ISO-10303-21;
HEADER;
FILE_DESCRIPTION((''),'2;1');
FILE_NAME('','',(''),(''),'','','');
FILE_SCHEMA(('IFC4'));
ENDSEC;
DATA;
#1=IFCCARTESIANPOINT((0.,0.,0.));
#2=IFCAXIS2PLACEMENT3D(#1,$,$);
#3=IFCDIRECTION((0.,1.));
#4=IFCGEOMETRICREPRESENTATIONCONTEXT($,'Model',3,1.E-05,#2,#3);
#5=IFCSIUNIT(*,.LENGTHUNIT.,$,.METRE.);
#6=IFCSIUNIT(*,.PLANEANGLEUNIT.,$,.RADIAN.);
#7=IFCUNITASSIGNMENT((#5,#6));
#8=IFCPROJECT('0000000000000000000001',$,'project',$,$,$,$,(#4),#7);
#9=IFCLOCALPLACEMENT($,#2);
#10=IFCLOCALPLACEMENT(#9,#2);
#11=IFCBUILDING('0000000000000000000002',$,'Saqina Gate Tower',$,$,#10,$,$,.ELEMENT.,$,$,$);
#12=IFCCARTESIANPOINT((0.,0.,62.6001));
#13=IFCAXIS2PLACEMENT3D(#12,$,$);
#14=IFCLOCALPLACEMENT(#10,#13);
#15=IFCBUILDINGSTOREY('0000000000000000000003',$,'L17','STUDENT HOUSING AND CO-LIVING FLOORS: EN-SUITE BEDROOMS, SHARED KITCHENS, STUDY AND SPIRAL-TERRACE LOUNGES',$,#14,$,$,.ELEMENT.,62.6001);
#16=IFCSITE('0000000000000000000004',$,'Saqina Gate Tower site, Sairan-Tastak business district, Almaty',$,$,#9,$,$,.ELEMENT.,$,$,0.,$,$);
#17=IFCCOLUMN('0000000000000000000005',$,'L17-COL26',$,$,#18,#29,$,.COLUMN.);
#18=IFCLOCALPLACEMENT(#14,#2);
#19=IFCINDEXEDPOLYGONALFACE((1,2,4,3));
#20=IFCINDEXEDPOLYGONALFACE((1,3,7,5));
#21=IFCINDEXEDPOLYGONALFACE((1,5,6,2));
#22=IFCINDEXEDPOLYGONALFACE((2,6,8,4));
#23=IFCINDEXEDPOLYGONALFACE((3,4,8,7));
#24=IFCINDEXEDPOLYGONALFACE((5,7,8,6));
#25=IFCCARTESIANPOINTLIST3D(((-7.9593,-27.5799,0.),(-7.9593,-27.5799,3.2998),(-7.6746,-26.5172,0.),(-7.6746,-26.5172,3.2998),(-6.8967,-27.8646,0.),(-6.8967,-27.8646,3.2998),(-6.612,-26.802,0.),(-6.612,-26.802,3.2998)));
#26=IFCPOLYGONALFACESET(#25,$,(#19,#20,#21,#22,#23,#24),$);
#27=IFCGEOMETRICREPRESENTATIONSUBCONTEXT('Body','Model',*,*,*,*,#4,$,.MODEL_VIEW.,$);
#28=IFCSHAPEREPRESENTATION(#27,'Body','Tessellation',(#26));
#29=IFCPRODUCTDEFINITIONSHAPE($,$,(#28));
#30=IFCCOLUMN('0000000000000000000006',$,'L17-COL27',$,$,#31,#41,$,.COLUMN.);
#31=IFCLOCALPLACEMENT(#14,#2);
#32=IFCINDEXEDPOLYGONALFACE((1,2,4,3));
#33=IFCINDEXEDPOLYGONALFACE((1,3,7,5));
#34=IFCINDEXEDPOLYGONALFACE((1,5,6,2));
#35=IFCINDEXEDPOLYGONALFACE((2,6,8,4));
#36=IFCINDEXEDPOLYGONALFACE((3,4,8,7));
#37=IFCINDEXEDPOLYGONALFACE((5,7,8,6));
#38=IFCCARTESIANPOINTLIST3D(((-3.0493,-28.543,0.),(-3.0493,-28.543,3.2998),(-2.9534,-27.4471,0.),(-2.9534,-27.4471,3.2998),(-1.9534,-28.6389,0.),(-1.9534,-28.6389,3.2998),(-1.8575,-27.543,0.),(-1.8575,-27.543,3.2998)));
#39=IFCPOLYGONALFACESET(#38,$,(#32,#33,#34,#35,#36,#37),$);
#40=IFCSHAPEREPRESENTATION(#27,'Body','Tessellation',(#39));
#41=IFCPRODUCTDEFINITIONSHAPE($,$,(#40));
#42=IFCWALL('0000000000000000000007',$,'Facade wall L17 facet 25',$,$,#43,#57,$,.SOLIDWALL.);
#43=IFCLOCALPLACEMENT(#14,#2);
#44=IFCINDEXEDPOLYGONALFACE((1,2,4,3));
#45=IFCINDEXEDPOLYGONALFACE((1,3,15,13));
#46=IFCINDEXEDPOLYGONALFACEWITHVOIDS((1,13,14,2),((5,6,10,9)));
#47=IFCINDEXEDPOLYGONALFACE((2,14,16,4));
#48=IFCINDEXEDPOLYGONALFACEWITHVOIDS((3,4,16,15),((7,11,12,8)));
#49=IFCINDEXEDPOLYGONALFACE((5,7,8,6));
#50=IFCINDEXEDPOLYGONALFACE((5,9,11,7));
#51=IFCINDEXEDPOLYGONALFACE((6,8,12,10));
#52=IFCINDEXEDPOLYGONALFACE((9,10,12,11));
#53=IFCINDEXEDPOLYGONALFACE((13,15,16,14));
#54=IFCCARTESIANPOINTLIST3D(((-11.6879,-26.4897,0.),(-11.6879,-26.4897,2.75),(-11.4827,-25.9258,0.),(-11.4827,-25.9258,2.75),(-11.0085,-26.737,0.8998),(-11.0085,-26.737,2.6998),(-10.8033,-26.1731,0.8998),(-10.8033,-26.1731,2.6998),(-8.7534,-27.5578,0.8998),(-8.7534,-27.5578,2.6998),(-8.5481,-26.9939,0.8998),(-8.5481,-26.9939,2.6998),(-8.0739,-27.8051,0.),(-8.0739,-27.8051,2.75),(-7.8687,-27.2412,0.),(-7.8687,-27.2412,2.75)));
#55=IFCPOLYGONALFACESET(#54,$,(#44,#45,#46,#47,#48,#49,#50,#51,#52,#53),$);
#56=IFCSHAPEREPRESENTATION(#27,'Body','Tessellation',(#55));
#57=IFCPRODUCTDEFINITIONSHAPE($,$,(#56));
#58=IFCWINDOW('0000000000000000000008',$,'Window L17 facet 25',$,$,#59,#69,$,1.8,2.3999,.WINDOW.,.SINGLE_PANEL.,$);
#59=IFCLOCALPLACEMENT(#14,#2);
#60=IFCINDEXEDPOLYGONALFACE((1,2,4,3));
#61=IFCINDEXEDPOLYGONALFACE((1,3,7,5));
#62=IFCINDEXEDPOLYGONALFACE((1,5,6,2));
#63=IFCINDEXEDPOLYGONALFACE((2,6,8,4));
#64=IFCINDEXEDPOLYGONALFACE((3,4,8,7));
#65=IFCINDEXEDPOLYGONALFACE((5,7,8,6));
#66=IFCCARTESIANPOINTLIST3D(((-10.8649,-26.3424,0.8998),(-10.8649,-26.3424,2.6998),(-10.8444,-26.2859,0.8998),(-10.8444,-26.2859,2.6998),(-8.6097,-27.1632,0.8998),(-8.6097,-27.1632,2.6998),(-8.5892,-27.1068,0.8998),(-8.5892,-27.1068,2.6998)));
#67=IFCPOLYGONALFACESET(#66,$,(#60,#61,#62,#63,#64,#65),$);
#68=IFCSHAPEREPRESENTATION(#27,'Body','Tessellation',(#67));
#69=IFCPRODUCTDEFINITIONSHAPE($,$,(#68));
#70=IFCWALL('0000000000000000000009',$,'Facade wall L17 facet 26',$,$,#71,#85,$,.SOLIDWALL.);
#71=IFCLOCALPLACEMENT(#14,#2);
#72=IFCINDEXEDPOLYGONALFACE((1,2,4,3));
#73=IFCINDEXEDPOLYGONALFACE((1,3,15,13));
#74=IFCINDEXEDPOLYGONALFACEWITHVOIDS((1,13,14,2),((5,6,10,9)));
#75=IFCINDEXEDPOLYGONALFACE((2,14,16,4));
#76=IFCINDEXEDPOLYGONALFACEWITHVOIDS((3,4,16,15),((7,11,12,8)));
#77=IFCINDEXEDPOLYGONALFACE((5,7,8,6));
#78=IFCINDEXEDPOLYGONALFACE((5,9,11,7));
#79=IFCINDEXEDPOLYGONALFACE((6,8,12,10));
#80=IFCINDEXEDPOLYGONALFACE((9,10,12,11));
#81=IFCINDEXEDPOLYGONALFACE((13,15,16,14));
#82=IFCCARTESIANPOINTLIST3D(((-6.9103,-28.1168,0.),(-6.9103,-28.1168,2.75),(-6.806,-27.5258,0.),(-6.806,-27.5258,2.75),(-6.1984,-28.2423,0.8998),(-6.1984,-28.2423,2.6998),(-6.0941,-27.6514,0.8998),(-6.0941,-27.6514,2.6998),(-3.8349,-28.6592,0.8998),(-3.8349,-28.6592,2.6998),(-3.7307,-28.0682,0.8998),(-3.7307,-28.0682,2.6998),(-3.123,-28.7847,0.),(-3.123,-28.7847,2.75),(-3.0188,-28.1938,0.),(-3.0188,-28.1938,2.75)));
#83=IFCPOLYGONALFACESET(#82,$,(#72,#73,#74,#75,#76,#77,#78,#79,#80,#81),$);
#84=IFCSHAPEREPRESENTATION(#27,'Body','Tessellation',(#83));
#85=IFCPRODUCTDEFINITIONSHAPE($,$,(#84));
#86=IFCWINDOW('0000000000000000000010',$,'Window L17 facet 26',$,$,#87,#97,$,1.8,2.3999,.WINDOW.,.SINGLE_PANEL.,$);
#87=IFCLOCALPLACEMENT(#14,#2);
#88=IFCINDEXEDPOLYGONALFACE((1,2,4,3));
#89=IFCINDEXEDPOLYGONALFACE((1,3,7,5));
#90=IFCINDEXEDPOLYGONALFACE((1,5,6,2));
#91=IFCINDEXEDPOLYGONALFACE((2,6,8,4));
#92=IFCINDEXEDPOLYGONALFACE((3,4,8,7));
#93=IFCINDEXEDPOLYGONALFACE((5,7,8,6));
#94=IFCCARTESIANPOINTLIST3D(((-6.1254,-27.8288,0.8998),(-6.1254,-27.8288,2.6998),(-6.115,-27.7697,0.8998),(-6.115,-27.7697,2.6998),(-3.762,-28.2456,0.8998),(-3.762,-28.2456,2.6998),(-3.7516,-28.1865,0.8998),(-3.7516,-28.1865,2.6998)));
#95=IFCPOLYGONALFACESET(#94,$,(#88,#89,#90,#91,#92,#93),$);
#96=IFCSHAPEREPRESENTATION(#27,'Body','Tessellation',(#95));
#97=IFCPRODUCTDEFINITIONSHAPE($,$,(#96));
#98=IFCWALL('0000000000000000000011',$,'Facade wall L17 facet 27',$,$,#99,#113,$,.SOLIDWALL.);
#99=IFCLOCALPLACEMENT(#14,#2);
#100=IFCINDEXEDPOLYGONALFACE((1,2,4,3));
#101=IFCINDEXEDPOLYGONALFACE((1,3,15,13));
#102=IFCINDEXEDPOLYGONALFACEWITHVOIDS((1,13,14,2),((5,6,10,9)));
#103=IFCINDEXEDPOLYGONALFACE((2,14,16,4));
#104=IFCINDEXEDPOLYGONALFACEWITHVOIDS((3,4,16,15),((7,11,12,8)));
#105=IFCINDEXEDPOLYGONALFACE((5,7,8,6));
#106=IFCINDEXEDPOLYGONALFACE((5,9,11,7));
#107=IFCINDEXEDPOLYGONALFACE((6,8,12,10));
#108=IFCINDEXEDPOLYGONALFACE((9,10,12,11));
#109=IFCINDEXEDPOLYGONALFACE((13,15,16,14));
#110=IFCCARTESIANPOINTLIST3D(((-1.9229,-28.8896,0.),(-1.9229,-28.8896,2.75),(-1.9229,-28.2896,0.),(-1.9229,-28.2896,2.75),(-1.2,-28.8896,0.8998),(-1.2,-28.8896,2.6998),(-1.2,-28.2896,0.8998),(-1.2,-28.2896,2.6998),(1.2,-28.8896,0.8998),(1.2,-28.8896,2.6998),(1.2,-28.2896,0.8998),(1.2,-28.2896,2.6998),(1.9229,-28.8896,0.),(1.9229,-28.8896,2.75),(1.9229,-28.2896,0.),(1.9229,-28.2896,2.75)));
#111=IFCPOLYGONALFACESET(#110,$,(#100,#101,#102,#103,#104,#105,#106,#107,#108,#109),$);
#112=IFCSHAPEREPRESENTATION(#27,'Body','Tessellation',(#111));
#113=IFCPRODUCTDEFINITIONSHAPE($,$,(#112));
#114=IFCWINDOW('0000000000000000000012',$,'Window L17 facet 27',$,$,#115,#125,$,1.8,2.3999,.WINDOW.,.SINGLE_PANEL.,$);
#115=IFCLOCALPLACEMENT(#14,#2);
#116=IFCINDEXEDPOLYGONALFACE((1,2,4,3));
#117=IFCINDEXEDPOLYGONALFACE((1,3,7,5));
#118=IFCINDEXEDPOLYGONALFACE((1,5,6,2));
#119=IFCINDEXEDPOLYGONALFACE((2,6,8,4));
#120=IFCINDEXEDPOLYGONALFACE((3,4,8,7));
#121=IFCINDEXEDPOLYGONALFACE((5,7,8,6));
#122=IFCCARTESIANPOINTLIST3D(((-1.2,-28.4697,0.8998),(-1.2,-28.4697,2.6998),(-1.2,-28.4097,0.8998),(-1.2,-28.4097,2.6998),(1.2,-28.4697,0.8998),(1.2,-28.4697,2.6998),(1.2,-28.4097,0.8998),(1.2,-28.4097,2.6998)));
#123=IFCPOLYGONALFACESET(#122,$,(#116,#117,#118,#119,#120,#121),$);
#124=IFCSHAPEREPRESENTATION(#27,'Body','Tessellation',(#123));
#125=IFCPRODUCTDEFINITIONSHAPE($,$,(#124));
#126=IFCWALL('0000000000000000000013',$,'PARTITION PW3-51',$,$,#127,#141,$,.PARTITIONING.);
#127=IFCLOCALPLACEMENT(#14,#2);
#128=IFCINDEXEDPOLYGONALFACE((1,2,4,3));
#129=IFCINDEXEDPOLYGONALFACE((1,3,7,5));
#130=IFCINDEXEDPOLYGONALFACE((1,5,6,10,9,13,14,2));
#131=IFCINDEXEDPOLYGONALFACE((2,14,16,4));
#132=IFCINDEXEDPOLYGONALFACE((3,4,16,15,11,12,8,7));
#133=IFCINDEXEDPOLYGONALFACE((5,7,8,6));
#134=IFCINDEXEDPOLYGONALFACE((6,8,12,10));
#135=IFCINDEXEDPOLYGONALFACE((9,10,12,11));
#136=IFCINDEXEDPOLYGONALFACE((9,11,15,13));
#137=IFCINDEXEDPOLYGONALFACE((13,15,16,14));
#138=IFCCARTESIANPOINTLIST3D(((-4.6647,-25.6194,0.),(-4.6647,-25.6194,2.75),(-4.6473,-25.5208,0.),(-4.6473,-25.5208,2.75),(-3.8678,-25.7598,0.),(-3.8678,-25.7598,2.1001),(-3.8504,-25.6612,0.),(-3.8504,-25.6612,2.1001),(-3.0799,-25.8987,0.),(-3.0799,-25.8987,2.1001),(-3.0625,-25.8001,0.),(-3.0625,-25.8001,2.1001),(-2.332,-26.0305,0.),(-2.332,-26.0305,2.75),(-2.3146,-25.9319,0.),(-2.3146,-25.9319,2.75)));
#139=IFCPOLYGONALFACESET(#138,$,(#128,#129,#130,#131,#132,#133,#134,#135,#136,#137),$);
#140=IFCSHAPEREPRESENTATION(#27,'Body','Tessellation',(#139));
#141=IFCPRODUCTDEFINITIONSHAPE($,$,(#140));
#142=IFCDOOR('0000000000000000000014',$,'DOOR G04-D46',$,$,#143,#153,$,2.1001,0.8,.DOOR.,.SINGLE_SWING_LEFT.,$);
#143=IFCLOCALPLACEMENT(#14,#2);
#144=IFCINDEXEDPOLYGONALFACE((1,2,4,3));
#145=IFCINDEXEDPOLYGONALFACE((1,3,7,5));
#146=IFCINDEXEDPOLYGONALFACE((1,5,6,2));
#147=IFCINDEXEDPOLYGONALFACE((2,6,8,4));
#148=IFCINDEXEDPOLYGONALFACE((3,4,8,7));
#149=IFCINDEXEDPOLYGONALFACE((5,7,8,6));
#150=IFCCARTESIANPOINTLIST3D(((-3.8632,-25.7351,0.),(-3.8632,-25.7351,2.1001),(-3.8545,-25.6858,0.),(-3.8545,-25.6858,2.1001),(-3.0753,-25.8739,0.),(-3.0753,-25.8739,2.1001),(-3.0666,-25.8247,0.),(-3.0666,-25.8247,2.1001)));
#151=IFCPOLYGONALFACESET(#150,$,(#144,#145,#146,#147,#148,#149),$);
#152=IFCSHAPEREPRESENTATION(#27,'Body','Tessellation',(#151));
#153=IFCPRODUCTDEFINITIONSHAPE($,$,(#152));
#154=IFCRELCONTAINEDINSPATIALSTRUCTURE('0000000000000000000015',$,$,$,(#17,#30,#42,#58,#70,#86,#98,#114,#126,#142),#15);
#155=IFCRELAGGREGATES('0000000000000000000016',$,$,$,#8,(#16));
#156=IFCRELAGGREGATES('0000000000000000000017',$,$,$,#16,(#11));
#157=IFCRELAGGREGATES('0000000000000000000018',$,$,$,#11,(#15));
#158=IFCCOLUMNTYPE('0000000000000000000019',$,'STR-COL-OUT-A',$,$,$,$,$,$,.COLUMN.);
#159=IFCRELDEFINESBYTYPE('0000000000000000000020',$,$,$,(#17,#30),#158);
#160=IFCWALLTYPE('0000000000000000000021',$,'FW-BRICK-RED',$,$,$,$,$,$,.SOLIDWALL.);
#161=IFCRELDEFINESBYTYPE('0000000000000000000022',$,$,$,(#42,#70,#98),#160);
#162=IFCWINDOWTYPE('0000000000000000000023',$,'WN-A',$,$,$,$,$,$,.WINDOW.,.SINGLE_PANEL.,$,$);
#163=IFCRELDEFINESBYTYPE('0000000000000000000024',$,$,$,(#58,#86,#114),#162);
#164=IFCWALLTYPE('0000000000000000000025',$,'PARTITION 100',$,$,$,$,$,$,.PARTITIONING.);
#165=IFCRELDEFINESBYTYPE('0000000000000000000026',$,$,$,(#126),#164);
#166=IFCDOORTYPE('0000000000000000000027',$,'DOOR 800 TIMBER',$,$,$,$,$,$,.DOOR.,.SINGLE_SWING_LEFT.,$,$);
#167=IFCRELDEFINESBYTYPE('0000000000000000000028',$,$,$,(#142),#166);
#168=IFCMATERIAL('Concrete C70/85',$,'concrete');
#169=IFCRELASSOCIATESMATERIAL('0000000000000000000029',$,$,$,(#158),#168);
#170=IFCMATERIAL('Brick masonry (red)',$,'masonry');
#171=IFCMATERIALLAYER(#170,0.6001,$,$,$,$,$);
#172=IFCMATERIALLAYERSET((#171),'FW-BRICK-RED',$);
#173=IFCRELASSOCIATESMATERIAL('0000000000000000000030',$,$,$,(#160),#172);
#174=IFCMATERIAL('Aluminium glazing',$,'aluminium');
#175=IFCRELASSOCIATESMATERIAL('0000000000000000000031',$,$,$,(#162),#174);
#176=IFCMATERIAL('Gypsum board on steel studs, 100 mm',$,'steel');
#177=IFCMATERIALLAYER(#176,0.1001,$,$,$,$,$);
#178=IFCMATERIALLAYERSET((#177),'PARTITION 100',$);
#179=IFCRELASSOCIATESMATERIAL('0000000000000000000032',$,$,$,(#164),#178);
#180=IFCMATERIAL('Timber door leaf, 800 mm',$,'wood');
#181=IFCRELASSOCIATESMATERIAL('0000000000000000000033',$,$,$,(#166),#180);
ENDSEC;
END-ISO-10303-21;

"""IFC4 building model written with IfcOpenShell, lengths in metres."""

from ifc_helpers import new_model, si_unit, direction, frame, frame_2d, origin, origin_2d, place, context, subcontext, project, spatial, rectangle, extrude, material, layer, layer_set, material_profile, profile_set, type_object, element, fill, save


model = new_model("IFC4")

# Units and contexts
model_context = context("Model", 3, precision=1e-05, world=origin(), true_north=direction((0.0, 1.0)))
body_context = subcontext(model_context, "Body", "Model", "MODEL_VIEW")
ifc_project = project(units=[si_unit("LENGTHUNIT", "METRE"), si_unit("PLANEANGLEUNIT", "RADIAN")], contexts=[model_context])

# Site, building, storey
site_placement = place(None, origin())
site = spatial("IfcSite", under=ifc_project, at=site_placement, Name="Saqina Gate Tower site, Sairan-Tastak business district, Almaty", CompositionType="ELEMENT", RefElevation=0.0)
building_placement = place(site_placement, origin())
building = spatial("IfcBuilding", under=site, at=building_placement, Name="Saqina Gate Tower", CompositionType="ELEMENT")
storey_placement = place(building_placement, frame((0.0, 0.0, 62.6001)))
storey = spatial("IfcBuildingStorey", under=building, at=storey_placement, Name="L17", Description="STUDENT HOUSING AND CO-LIVING FLOORS: EN-SUITE BEDROOMS, SHARED KITCHENS, STUDY AND SPIRAL-TERRACE LOUNGES", CompositionType="ELEMENT", Elevation=62.6001)

# Columns
ifc_material_1 = material(Name="Concrete C70/85", Category="concrete")
ifc_material_profile = material_profile(ifc_material_1, rectangle(XDim=1.1001, YDim=1.1001, at=origin_2d()), Name="RC 1100x1100")
ifc_profile_set = profile_set([ifc_material_profile], Name="Concrete C70/85")
column_type = type_object("IfcColumnType", Name="STR-COL-OUT-A", PredefinedType="COLUMN", material=ifc_profile_set)
for number, where, z_axis, x_axis, name in (
    (1, (-7.2856, -27.1909, 0.0), (0.0, 0.0, 1.0), (-0.258819, -0.965926, 0.0), "L17-COL26"),
    (2, (-2.4534, -28.043, 0.0), (0.0, 0.0, 1.0), (-0.087156, -0.996195, 0.0), "L17-COL27"),
):
    element("IfcColumn", number, at=place(storey_placement, frame(where, z_axis=z_axis, x_axis=x_axis)), inside=storey, type_object=column_type, Name=name, PredefinedType="COLUMN", context=body_context, shape_type="SweptSolid", body=[
        extrude(rectangle(XDim=1.1001, YDim=1.1001, at=origin_2d()), origin(), (0.0, 0.0, 1.0), 3.2998),
    ])

# Walls, openings, windows
ifc_material_2 = material(Name="Brick masonry (red)", Category="masonry")
ifc_layer_1 = layer(ifc_material_2, 0.6001)
ifc_layer_set_1 = layer_set([ifc_layer_1], Name="FW-BRICK-RED")
wall_type_1 = type_object("IfcWallType", Name="FW-BRICK-RED", PredefinedType="SOLIDWALL", material=ifc_layer_set_1)
wall_1_placement = place(storey_placement, frame((-11.5852, -26.2078, 0.0), z_axis=(0.0, 0.0, 1.0), x_axis=(0.93969, -0.342028, 0.0)))
wall_1 = element("IfcWall", 3, at=wall_1_placement, inside=storey, type_object=wall_type_1, Name="Facade wall L17 facet 25", PredefinedType="SOLIDWALL", context=body_context, shape_type="SweptSolid", body=[
    extrude(rectangle(XDim=3.8459, YDim=0.6001, at=frame_2d((1.9229, 0.0))), origin(), (0.0, 0.0, 1.0), 2.75),
])
opening_1_placement = place(wall_1_placement, frame((0.7229, 0.0, 0.8999)))
opening_1 = element("IfcOpeningElement", 4, at=opening_1_placement, cuts=wall_1, PredefinedType="OPENING", context=body_context, shape_type="SweptSolid", body=[
    extrude(rectangle(XDim=2.3999, YDim=1.8, at=frame_2d((1.2, 0.8999))), frame((0.0, 0.312, 0.0), z_axis=(0.0, -1.0, 0.0), x_axis=(1.0, 0.0, 0.0)), (0.0, 0.0, 1.0), 0.624),
])
ifc_material_3 = material(Name="Aluminium glazing", Category="aluminium")
window_type = type_object("IfcWindowType", Name="WN-A", PartitioningType="SINGLE_PANEL", PredefinedType="WINDOW", material=ifc_material_3)
window_1_placement = place(opening_1_placement, origin())
window_1 = element("IfcWindow", 5, at=window_1_placement, inside=storey, type_object=window_type, Name="Window L17 facet 25", OverallHeight=1.8, OverallWidth=2.3999, PartitioningType="SINGLE_PANEL", PredefinedType="WINDOW", context=body_context, shape_type="SweptSolid", body=[
    extrude(rectangle(XDim=2.3999, YDim=1.8, at=frame_2d((1.2, 0.8999))), frame((0.0, 0.1799, 0.0), z_axis=(0.0, -1.0, 0.0), x_axis=(1.0, 0.0, 0.0)), (0.0, 0.0, 1.0), 0.0601),
])
fill(opening_1, window_1)
wall_2_placement = place(storey_placement, frame((-6.8582, -27.8213, 0.0), z_axis=(0.0, 0.0, 1.0), x_axis=(0.984801, -0.173688, 0.0)))
wall_2 = element("IfcWall", 6, at=wall_2_placement, inside=storey, type_object=wall_type_1, Name="Facade wall L17 facet 26", PredefinedType="SOLIDWALL", context=body_context, shape_type="SweptSolid", body=[
    extrude(rectangle(XDim=3.8457, YDim=0.6001, at=frame_2d((1.9229, 0.0))), origin(), (0.0, 0.0, 1.0), 2.75),
])
opening_2_placement = place(wall_2_placement, frame((0.7229, 0.0, 0.8999)))
opening_2 = element("IfcOpeningElement", 7, at=opening_2_placement, cuts=wall_2, PredefinedType="OPENING", context=body_context, shape_type="SweptSolid", body=[
    extrude(rectangle(XDim=2.3999, YDim=1.8, at=frame_2d((1.2, 0.8999))), frame((0.0, 0.312, 0.0), z_axis=(0.0, -1.0, 0.0), x_axis=(1.0, 0.0, 0.0)), (0.0, 0.0, 1.0), 0.624),
])
window_2_placement = place(opening_2_placement, origin())
window_2 = element("IfcWindow", 8, at=window_2_placement, inside=storey, type_object=window_type, Name="Window L17 facet 26", OverallHeight=1.8, OverallWidth=2.3999, PartitioningType="SINGLE_PANEL", PredefinedType="WINDOW", context=body_context, shape_type="SweptSolid", body=[
    extrude(rectangle(XDim=2.3999, YDim=1.8, at=frame_2d((1.2, 0.8999))), frame((0.0, 0.1799, 0.0), z_axis=(0.0, -1.0, 0.0), x_axis=(1.0, 0.0, 0.0)), (0.0, 0.0, 1.0), 0.0601),
])
fill(opening_2, window_2)
wall_3_placement = place(storey_placement, frame((-1.9229, -28.5896, 0.0), z_axis=(0.0, 0.0, 1.0), x_axis=(1.0, 0.0, 0.0)))
wall_3 = element("IfcWall", 9, at=wall_3_placement, inside=storey, type_object=wall_type_1, Name="Facade wall L17 facet 27", PredefinedType="SOLIDWALL", context=body_context, shape_type="SweptSolid", body=[
    extrude(rectangle(XDim=3.8457, YDim=0.6001, at=frame_2d((1.9229, 0.0))), origin(), (0.0, 0.0, 1.0), 2.75),
])
opening_3_placement = place(wall_3_placement, frame((0.7229, 0.0, 0.8999)))
opening_3 = element("IfcOpeningElement", 10, at=opening_3_placement, cuts=wall_3, PredefinedType="OPENING", context=body_context, shape_type="SweptSolid", body=[
    extrude(rectangle(XDim=2.3999, YDim=1.8, at=frame_2d((1.2, 0.8999))), frame((0.0, 0.312, 0.0), z_axis=(0.0, -1.0, 0.0), x_axis=(1.0, 0.0, 0.0)), (0.0, 0.0, 1.0), 0.624),
])
window_3_placement = place(opening_3_placement, origin())
window_3 = element("IfcWindow", 11, at=window_3_placement, inside=storey, type_object=window_type, Name="Window L17 facet 27", OverallHeight=1.8, OverallWidth=2.3999, PartitioningType="SINGLE_PANEL", PredefinedType="WINDOW", context=body_context, shape_type="SweptSolid", body=[
    extrude(rectangle(XDim=2.3999, YDim=1.8, at=frame_2d((1.2, 0.8999))), frame((0.0, 0.1799, 0.0), z_axis=(0.0, -1.0, 0.0), x_axis=(1.0, 0.0, 0.0)), (0.0, 0.0, 1.0), 0.0601),
])
fill(opening_3, window_3)

# Wall, opening, door
ifc_material_4 = material(Name="Gypsum board on steel studs, 100 mm", Category="steel")
ifc_layer_2 = layer(ifc_material_4, 0.1001)
ifc_layer_set_2 = layer_set([ifc_layer_2], Name="PARTITION 100")
wall_type_2 = type_object("IfcWallType", Name="PARTITION 100", PredefinedType="PARTITIONING", material=ifc_layer_set_2)
wall_4_placement = place(storey_placement, frame((-4.656, -25.5701, 0.0), z_axis=(0.0, 0.0, 1.0), x_axis=(0.984822, -0.173568, 0.0)))
wall_4 = element("IfcWall", 12, at=wall_4_placement, inside=storey, type_object=wall_type_2, Name="PARTITION PW3-51", PredefinedType="PARTITIONING", context=body_context, shape_type="SweptSolid", body=[
    extrude(rectangle(XDim=2.3687, YDim=0.1001, at=frame_2d((1.1843, 0.0))), origin(), (0.0, 0.0, 1.0), 2.75),
])
opening_4_placement = place(wall_4_placement, frame((0.8093, 0.0, 0.0)))
opening_4 = element("IfcOpeningElement", 13, at=opening_4_placement, cuts=wall_4, PredefinedType="OPENING", context=body_context, shape_type="SweptSolid", body=[
    extrude(rectangle(XDim=0.8, YDim=2.1001, at=frame_2d((0.3999, 1.05))), frame((0.0, 0.062, 0.0), z_axis=(0.0, -1.0, 0.0), x_axis=(1.0, 0.0, 0.0)), (0.0, 0.0, 1.0), 0.124),
])
ifc_material_5 = material(Name="Timber door leaf, 800 mm", Category="wood")
door_type = type_object("IfcDoorType", Name="DOOR 800 TIMBER", OperationType="SINGLE_SWING_LEFT", PredefinedType="DOOR", material=ifc_material_5)
door_1_placement = place(opening_4_placement, frame((0.8, 0.0, 0.0), z_axis=(0.0, 0.0, 1.0), x_axis=(-1.0, 0.0, 0.0)))
door_1 = element("IfcDoor", 14, at=door_1_placement, inside=storey, type_object=door_type, Name="DOOR G04-D46", OperationType="SINGLE_SWING_LEFT", OverallHeight=2.1001, OverallWidth=0.8, PredefinedType="DOOR", context=body_context, shape_type="SweptSolid", body=[
    extrude(rectangle(XDim=0.8, YDim=2.1001, at=frame_2d((0.3999, 1.05))), frame((0.0, 0.0249, 0.0), z_axis=(0.0, -1.0, 0.0), x_axis=(1.0, 0.0, 0.0)), (0.0, 0.0, 1.0), 0.05),
])
fill(opening_4, door_1)

save(model, "model.ifc")
